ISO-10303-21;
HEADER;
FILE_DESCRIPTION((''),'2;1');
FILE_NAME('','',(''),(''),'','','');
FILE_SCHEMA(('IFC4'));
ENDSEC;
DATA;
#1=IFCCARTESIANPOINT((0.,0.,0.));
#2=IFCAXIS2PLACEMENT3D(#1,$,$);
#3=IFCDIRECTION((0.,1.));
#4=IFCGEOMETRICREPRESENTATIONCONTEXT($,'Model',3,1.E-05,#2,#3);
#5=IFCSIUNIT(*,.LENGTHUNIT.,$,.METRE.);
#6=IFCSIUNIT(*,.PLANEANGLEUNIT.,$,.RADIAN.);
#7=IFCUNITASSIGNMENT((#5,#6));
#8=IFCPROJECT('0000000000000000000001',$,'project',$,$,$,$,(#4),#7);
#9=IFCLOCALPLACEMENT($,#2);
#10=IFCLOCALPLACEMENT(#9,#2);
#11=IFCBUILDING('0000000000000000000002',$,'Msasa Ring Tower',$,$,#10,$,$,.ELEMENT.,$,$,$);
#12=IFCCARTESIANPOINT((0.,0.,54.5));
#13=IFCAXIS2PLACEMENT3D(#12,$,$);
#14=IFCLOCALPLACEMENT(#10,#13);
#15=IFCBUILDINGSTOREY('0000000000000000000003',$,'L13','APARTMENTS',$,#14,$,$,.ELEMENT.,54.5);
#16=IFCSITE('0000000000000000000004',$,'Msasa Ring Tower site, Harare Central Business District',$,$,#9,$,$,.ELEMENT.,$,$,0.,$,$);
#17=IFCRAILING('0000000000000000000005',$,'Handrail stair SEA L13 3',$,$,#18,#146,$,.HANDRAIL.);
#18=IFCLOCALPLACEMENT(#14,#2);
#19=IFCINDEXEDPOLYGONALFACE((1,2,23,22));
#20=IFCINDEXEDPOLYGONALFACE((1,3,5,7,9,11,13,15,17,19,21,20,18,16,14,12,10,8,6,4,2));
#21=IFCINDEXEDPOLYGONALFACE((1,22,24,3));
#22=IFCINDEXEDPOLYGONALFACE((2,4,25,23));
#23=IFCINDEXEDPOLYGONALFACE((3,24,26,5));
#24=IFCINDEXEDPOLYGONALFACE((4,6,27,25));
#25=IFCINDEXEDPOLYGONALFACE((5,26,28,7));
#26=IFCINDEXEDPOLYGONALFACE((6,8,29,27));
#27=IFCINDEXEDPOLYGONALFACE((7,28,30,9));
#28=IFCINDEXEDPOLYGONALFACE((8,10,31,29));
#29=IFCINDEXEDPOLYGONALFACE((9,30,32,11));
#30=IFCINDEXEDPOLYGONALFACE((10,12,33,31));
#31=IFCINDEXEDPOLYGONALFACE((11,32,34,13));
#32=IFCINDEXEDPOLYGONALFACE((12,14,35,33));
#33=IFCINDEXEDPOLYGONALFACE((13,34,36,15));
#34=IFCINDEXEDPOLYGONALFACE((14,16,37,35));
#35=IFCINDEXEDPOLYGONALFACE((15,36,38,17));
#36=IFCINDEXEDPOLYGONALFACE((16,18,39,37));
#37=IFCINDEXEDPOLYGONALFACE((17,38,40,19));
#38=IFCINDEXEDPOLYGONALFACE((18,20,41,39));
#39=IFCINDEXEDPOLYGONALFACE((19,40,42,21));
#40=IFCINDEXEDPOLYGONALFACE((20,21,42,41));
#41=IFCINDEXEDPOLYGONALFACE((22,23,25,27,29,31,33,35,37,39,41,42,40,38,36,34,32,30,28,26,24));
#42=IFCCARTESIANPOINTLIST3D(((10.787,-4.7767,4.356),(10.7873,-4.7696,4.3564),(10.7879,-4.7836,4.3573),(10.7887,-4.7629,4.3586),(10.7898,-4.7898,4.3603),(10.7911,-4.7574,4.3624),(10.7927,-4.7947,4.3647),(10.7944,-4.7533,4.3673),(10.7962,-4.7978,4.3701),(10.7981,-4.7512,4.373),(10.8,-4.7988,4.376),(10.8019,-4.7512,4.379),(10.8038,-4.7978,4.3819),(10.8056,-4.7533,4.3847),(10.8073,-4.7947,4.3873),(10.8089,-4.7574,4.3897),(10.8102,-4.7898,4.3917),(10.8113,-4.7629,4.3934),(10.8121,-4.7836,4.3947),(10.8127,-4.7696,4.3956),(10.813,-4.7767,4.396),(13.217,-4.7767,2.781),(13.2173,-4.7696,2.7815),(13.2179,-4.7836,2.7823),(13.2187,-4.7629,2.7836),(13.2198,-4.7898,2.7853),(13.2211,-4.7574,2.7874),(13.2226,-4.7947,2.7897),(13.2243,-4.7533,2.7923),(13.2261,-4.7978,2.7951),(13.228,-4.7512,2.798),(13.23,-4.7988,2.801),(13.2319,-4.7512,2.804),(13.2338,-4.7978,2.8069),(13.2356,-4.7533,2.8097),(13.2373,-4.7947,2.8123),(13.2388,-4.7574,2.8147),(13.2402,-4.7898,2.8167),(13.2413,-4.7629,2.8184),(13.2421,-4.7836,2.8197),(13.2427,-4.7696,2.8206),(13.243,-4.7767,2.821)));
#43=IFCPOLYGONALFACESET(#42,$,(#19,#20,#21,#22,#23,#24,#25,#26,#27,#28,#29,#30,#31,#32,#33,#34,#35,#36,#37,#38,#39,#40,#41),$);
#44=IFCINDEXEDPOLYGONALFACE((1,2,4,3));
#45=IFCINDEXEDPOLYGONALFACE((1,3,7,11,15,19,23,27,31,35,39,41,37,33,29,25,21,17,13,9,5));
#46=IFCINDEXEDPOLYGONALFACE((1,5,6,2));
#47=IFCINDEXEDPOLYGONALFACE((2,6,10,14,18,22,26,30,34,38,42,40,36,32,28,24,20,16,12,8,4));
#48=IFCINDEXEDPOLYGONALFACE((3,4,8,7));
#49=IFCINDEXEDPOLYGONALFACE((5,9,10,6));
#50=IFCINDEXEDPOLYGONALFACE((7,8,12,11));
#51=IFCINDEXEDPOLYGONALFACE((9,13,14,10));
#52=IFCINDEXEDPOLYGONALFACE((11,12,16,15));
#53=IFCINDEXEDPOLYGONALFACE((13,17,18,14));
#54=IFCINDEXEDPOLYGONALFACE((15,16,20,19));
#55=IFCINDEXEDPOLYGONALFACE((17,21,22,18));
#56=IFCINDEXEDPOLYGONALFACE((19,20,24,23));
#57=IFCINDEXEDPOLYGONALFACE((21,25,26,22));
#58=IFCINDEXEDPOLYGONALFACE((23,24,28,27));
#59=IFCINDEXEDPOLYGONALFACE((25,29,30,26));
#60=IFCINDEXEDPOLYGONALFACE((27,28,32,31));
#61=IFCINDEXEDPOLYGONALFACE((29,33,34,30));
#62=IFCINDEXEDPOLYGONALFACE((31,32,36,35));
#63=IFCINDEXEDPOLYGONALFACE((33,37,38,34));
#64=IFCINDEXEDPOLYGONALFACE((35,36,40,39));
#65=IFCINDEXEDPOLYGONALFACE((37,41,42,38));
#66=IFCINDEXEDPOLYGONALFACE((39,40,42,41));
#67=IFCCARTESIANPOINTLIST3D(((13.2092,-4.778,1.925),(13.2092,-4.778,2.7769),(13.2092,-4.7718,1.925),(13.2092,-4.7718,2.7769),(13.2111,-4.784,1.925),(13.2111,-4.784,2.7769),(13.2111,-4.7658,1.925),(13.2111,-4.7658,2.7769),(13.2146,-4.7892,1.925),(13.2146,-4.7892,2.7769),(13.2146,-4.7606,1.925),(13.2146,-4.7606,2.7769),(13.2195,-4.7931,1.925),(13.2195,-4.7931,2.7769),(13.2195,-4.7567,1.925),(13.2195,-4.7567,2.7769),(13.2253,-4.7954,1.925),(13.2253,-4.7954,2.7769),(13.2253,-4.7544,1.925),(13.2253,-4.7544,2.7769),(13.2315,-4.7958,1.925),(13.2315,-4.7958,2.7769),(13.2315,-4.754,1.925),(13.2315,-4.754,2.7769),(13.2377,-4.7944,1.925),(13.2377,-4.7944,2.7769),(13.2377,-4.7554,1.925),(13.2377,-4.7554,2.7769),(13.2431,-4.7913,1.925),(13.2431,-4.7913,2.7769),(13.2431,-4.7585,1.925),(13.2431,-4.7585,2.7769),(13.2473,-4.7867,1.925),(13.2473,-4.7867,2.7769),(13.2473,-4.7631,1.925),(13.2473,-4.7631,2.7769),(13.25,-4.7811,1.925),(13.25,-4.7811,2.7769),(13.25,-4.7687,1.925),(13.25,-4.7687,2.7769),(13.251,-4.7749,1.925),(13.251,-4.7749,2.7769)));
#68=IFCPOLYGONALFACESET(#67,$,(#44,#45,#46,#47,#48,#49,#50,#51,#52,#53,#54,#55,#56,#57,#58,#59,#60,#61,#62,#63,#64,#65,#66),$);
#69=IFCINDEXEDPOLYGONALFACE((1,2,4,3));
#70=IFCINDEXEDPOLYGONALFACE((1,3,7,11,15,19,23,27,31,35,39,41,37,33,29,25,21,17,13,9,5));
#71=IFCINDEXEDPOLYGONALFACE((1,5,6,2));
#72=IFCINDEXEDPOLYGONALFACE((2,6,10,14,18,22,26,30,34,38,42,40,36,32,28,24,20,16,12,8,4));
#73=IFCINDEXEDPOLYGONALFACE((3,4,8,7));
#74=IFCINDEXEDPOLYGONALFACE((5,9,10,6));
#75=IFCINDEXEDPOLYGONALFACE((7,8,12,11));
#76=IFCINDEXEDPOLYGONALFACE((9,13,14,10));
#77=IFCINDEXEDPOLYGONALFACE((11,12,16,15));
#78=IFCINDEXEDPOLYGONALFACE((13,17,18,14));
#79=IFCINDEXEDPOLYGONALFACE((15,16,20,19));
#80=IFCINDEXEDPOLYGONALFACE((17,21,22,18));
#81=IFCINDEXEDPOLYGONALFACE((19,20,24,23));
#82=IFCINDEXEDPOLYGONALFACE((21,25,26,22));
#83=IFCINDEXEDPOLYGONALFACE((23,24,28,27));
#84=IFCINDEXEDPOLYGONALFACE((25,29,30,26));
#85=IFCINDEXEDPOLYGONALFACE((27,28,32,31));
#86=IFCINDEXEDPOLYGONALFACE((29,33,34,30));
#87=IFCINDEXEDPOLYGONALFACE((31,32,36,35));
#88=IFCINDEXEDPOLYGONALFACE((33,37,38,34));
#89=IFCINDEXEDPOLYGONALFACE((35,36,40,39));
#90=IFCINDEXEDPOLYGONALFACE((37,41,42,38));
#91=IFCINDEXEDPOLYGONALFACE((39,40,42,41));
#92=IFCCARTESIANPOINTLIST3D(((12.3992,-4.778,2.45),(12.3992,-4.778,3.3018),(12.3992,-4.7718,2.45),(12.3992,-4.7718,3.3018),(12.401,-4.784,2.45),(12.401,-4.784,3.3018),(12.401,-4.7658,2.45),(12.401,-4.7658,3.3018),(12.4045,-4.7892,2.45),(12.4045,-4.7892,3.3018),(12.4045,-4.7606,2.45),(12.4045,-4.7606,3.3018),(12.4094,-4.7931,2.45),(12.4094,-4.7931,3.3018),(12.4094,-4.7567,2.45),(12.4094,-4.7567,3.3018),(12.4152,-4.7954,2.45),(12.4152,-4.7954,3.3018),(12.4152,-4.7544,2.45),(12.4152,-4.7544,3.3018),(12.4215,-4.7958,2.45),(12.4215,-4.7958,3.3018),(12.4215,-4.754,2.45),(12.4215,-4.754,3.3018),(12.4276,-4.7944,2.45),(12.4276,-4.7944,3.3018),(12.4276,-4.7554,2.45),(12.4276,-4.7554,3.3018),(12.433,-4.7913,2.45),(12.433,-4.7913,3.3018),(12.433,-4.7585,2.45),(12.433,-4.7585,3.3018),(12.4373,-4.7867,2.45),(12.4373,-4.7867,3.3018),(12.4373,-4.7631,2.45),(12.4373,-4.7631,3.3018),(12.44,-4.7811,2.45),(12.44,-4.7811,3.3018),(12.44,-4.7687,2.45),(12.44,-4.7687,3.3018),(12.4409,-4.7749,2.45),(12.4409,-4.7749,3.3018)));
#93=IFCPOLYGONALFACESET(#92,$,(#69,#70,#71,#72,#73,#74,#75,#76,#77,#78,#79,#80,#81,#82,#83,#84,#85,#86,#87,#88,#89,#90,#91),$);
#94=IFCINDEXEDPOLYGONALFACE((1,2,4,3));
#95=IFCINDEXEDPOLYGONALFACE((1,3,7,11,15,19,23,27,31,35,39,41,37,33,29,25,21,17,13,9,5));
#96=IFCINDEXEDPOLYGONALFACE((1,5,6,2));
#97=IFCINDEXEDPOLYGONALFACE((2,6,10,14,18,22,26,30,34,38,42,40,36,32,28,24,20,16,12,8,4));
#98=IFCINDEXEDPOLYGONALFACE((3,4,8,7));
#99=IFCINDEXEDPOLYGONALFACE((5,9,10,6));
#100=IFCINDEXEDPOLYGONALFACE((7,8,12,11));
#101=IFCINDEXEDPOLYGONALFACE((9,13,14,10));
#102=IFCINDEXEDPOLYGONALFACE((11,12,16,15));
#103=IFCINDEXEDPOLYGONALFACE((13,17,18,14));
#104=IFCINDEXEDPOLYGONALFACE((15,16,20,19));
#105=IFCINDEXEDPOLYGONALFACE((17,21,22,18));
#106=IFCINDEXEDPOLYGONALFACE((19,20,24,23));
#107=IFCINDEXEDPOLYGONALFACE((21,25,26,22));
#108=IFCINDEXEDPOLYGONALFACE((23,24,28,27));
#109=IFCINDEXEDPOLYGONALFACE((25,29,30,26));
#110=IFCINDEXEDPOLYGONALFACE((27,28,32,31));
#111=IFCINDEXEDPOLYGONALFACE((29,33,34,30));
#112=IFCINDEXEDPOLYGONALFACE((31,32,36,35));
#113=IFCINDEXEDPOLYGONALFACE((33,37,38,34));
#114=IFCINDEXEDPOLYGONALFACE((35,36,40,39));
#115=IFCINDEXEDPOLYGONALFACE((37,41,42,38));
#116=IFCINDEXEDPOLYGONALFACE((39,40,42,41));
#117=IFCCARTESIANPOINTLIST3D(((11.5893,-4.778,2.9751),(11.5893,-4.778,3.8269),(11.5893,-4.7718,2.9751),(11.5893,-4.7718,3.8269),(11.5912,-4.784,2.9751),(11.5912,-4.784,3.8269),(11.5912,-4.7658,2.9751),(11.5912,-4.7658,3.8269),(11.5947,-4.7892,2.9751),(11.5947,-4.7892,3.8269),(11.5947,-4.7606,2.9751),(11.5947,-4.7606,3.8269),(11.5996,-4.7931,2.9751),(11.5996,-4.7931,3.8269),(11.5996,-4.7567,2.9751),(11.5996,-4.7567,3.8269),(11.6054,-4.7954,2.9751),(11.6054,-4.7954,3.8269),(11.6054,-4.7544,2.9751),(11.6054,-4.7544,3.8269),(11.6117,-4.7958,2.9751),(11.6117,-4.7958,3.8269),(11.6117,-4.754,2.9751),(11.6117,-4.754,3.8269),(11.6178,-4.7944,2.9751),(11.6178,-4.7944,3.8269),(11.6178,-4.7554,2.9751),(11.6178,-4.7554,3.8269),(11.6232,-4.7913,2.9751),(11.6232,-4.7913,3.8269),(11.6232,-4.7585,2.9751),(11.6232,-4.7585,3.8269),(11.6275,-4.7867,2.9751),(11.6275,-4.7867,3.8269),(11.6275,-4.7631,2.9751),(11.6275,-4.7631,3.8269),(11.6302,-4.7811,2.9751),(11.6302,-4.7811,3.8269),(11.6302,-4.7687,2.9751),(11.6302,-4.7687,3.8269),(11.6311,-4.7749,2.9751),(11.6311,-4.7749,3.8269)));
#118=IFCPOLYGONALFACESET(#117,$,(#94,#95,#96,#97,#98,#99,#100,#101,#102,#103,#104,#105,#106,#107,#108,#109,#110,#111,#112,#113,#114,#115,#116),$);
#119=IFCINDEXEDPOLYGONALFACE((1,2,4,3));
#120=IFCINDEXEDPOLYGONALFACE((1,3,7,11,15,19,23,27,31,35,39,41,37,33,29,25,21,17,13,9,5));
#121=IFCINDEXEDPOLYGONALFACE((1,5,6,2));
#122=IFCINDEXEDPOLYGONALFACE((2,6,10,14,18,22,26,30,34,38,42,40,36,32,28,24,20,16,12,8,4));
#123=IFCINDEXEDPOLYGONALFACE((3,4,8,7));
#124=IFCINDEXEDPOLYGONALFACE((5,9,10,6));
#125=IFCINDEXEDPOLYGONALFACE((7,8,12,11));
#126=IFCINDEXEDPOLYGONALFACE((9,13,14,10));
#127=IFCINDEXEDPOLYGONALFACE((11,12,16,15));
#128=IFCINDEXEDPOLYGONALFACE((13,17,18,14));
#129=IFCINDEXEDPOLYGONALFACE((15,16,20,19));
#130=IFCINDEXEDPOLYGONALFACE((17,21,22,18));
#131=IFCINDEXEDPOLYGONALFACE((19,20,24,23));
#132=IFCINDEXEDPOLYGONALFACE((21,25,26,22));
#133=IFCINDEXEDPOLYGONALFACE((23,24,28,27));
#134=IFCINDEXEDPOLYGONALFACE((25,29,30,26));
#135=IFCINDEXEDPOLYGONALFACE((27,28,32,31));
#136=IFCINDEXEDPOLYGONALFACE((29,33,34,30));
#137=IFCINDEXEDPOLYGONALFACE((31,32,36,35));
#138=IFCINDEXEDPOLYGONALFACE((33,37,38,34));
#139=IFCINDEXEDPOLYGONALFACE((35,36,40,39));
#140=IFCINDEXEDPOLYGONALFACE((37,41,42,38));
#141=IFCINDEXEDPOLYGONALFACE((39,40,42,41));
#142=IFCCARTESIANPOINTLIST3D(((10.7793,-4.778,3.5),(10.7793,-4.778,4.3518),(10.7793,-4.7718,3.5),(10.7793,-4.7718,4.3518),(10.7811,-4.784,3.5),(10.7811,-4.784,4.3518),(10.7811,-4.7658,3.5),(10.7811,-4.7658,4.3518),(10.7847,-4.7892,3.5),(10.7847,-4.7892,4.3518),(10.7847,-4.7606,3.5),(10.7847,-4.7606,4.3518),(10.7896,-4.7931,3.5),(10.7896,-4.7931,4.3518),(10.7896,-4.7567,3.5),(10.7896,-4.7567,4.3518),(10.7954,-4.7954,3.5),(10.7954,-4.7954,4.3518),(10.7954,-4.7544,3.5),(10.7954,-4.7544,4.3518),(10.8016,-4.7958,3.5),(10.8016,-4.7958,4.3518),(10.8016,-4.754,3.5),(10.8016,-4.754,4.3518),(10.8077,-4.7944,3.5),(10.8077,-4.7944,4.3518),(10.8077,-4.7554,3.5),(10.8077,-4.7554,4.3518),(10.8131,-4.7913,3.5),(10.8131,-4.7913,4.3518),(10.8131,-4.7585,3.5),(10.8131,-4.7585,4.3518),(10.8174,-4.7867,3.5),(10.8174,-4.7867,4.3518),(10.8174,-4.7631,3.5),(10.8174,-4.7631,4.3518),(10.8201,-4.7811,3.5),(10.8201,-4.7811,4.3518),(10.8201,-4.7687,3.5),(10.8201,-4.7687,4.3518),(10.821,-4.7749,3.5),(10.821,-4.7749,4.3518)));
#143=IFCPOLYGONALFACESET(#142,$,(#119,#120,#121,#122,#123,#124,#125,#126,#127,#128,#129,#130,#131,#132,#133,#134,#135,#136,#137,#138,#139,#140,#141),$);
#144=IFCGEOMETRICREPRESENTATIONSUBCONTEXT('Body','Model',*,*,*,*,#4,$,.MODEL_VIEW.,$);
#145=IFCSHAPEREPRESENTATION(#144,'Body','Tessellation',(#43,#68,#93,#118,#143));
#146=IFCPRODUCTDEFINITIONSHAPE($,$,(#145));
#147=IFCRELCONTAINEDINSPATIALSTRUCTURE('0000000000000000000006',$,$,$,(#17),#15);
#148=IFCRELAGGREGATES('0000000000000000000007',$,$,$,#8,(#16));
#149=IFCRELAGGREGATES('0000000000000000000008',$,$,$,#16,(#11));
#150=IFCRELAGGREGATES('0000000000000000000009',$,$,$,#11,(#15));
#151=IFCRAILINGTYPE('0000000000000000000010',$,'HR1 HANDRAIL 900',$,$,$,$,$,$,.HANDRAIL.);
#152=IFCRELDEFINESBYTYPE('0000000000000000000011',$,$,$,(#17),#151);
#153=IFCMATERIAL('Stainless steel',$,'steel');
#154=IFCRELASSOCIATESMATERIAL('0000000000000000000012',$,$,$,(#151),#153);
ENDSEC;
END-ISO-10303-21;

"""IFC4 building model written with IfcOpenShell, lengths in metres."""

from ifc_helpers import new_model, si_unit, direction, frame, origin, origin_2d, place, context, subcontext, project, spatial, circle, extrude, material, type_object, element, save


model = new_model("IFC4")

# Units and contexts
model_context = context("Model", 3, precision=1e-05, world=origin(), true_north=direction((0.0, 1.0)))
body_context = subcontext(model_context, "Body", "Model", "MODEL_VIEW")
ifc_project = project(units=[si_unit("LENGTHUNIT", "METRE"), si_unit("PLANEANGLEUNIT", "RADIAN")], contexts=[model_context])

# Site, building, storey
site_placement = place(None, origin())
site = spatial("IfcSite", under=ifc_project, at=site_placement, Name="Msasa Ring Tower site, Harare Central Business District", CompositionType="ELEMENT", RefElevation=0.0)
building_placement = place(site_placement, origin())
building = spatial("IfcBuilding", under=site, at=building_placement, Name="Msasa Ring Tower", CompositionType="ELEMENT")
storey_placement = place(building_placement, frame((0.0, 0.0, 54.5)))
storey = spatial("IfcBuildingStorey", under=building, at=storey_placement, Name="L13", Description="APARTMENTS", CompositionType="ELEMENT", Elevation=54.5)

# Railing
ifc_material_1 = material(Name="Stainless steel", Category="steel")
railing_type = type_object("IfcRailingType", Name="HR1 HANDRAIL 900", PredefinedType="HANDRAIL", material=ifc_material_1)
for number, where, name in (
    (1, (13.23, -4.7749, 1.925), "Handrail stair SEA L13 3"),
):
    element("IfcRailing", number, at=place(storey_placement, frame(where)), inside=storey, type_object=railing_type, Name=name, PredefinedType="HANDRAIL", context=body_context, shape_type="SweptSolid", body=[
        extrude(circle(Radius=0.0239, at=origin_2d()), frame((0.0, 0.0, 0.876), z_axis=(-0.839154, 0.0, 0.543894), x_axis=(0.0, -1.0, 0.0)), (0.0, 0.0, 1.0), 2.8958),
        extrude(circle(Radius=0.021, at=origin_2d()), origin(), (0.0, 0.0, 1.0), 0.8518),
        extrude(circle(Radius=0.021, at=origin_2d()), frame((-0.8101, 0.0, 0.5249)), (0.0, 0.0, 1.0), 0.8518),
        extrude(circle(Radius=0.021, at=origin_2d()), frame((-1.6199, 0.0, 1.05)), (0.0, 0.0, 1.0), 0.8518),
        extrude(circle(Radius=0.021, at=origin_2d()), frame((-2.4299, 0.0, 1.575)), (0.0, 0.0, 1.0), 0.8518),
    ])

save(model, "model.ifc")
